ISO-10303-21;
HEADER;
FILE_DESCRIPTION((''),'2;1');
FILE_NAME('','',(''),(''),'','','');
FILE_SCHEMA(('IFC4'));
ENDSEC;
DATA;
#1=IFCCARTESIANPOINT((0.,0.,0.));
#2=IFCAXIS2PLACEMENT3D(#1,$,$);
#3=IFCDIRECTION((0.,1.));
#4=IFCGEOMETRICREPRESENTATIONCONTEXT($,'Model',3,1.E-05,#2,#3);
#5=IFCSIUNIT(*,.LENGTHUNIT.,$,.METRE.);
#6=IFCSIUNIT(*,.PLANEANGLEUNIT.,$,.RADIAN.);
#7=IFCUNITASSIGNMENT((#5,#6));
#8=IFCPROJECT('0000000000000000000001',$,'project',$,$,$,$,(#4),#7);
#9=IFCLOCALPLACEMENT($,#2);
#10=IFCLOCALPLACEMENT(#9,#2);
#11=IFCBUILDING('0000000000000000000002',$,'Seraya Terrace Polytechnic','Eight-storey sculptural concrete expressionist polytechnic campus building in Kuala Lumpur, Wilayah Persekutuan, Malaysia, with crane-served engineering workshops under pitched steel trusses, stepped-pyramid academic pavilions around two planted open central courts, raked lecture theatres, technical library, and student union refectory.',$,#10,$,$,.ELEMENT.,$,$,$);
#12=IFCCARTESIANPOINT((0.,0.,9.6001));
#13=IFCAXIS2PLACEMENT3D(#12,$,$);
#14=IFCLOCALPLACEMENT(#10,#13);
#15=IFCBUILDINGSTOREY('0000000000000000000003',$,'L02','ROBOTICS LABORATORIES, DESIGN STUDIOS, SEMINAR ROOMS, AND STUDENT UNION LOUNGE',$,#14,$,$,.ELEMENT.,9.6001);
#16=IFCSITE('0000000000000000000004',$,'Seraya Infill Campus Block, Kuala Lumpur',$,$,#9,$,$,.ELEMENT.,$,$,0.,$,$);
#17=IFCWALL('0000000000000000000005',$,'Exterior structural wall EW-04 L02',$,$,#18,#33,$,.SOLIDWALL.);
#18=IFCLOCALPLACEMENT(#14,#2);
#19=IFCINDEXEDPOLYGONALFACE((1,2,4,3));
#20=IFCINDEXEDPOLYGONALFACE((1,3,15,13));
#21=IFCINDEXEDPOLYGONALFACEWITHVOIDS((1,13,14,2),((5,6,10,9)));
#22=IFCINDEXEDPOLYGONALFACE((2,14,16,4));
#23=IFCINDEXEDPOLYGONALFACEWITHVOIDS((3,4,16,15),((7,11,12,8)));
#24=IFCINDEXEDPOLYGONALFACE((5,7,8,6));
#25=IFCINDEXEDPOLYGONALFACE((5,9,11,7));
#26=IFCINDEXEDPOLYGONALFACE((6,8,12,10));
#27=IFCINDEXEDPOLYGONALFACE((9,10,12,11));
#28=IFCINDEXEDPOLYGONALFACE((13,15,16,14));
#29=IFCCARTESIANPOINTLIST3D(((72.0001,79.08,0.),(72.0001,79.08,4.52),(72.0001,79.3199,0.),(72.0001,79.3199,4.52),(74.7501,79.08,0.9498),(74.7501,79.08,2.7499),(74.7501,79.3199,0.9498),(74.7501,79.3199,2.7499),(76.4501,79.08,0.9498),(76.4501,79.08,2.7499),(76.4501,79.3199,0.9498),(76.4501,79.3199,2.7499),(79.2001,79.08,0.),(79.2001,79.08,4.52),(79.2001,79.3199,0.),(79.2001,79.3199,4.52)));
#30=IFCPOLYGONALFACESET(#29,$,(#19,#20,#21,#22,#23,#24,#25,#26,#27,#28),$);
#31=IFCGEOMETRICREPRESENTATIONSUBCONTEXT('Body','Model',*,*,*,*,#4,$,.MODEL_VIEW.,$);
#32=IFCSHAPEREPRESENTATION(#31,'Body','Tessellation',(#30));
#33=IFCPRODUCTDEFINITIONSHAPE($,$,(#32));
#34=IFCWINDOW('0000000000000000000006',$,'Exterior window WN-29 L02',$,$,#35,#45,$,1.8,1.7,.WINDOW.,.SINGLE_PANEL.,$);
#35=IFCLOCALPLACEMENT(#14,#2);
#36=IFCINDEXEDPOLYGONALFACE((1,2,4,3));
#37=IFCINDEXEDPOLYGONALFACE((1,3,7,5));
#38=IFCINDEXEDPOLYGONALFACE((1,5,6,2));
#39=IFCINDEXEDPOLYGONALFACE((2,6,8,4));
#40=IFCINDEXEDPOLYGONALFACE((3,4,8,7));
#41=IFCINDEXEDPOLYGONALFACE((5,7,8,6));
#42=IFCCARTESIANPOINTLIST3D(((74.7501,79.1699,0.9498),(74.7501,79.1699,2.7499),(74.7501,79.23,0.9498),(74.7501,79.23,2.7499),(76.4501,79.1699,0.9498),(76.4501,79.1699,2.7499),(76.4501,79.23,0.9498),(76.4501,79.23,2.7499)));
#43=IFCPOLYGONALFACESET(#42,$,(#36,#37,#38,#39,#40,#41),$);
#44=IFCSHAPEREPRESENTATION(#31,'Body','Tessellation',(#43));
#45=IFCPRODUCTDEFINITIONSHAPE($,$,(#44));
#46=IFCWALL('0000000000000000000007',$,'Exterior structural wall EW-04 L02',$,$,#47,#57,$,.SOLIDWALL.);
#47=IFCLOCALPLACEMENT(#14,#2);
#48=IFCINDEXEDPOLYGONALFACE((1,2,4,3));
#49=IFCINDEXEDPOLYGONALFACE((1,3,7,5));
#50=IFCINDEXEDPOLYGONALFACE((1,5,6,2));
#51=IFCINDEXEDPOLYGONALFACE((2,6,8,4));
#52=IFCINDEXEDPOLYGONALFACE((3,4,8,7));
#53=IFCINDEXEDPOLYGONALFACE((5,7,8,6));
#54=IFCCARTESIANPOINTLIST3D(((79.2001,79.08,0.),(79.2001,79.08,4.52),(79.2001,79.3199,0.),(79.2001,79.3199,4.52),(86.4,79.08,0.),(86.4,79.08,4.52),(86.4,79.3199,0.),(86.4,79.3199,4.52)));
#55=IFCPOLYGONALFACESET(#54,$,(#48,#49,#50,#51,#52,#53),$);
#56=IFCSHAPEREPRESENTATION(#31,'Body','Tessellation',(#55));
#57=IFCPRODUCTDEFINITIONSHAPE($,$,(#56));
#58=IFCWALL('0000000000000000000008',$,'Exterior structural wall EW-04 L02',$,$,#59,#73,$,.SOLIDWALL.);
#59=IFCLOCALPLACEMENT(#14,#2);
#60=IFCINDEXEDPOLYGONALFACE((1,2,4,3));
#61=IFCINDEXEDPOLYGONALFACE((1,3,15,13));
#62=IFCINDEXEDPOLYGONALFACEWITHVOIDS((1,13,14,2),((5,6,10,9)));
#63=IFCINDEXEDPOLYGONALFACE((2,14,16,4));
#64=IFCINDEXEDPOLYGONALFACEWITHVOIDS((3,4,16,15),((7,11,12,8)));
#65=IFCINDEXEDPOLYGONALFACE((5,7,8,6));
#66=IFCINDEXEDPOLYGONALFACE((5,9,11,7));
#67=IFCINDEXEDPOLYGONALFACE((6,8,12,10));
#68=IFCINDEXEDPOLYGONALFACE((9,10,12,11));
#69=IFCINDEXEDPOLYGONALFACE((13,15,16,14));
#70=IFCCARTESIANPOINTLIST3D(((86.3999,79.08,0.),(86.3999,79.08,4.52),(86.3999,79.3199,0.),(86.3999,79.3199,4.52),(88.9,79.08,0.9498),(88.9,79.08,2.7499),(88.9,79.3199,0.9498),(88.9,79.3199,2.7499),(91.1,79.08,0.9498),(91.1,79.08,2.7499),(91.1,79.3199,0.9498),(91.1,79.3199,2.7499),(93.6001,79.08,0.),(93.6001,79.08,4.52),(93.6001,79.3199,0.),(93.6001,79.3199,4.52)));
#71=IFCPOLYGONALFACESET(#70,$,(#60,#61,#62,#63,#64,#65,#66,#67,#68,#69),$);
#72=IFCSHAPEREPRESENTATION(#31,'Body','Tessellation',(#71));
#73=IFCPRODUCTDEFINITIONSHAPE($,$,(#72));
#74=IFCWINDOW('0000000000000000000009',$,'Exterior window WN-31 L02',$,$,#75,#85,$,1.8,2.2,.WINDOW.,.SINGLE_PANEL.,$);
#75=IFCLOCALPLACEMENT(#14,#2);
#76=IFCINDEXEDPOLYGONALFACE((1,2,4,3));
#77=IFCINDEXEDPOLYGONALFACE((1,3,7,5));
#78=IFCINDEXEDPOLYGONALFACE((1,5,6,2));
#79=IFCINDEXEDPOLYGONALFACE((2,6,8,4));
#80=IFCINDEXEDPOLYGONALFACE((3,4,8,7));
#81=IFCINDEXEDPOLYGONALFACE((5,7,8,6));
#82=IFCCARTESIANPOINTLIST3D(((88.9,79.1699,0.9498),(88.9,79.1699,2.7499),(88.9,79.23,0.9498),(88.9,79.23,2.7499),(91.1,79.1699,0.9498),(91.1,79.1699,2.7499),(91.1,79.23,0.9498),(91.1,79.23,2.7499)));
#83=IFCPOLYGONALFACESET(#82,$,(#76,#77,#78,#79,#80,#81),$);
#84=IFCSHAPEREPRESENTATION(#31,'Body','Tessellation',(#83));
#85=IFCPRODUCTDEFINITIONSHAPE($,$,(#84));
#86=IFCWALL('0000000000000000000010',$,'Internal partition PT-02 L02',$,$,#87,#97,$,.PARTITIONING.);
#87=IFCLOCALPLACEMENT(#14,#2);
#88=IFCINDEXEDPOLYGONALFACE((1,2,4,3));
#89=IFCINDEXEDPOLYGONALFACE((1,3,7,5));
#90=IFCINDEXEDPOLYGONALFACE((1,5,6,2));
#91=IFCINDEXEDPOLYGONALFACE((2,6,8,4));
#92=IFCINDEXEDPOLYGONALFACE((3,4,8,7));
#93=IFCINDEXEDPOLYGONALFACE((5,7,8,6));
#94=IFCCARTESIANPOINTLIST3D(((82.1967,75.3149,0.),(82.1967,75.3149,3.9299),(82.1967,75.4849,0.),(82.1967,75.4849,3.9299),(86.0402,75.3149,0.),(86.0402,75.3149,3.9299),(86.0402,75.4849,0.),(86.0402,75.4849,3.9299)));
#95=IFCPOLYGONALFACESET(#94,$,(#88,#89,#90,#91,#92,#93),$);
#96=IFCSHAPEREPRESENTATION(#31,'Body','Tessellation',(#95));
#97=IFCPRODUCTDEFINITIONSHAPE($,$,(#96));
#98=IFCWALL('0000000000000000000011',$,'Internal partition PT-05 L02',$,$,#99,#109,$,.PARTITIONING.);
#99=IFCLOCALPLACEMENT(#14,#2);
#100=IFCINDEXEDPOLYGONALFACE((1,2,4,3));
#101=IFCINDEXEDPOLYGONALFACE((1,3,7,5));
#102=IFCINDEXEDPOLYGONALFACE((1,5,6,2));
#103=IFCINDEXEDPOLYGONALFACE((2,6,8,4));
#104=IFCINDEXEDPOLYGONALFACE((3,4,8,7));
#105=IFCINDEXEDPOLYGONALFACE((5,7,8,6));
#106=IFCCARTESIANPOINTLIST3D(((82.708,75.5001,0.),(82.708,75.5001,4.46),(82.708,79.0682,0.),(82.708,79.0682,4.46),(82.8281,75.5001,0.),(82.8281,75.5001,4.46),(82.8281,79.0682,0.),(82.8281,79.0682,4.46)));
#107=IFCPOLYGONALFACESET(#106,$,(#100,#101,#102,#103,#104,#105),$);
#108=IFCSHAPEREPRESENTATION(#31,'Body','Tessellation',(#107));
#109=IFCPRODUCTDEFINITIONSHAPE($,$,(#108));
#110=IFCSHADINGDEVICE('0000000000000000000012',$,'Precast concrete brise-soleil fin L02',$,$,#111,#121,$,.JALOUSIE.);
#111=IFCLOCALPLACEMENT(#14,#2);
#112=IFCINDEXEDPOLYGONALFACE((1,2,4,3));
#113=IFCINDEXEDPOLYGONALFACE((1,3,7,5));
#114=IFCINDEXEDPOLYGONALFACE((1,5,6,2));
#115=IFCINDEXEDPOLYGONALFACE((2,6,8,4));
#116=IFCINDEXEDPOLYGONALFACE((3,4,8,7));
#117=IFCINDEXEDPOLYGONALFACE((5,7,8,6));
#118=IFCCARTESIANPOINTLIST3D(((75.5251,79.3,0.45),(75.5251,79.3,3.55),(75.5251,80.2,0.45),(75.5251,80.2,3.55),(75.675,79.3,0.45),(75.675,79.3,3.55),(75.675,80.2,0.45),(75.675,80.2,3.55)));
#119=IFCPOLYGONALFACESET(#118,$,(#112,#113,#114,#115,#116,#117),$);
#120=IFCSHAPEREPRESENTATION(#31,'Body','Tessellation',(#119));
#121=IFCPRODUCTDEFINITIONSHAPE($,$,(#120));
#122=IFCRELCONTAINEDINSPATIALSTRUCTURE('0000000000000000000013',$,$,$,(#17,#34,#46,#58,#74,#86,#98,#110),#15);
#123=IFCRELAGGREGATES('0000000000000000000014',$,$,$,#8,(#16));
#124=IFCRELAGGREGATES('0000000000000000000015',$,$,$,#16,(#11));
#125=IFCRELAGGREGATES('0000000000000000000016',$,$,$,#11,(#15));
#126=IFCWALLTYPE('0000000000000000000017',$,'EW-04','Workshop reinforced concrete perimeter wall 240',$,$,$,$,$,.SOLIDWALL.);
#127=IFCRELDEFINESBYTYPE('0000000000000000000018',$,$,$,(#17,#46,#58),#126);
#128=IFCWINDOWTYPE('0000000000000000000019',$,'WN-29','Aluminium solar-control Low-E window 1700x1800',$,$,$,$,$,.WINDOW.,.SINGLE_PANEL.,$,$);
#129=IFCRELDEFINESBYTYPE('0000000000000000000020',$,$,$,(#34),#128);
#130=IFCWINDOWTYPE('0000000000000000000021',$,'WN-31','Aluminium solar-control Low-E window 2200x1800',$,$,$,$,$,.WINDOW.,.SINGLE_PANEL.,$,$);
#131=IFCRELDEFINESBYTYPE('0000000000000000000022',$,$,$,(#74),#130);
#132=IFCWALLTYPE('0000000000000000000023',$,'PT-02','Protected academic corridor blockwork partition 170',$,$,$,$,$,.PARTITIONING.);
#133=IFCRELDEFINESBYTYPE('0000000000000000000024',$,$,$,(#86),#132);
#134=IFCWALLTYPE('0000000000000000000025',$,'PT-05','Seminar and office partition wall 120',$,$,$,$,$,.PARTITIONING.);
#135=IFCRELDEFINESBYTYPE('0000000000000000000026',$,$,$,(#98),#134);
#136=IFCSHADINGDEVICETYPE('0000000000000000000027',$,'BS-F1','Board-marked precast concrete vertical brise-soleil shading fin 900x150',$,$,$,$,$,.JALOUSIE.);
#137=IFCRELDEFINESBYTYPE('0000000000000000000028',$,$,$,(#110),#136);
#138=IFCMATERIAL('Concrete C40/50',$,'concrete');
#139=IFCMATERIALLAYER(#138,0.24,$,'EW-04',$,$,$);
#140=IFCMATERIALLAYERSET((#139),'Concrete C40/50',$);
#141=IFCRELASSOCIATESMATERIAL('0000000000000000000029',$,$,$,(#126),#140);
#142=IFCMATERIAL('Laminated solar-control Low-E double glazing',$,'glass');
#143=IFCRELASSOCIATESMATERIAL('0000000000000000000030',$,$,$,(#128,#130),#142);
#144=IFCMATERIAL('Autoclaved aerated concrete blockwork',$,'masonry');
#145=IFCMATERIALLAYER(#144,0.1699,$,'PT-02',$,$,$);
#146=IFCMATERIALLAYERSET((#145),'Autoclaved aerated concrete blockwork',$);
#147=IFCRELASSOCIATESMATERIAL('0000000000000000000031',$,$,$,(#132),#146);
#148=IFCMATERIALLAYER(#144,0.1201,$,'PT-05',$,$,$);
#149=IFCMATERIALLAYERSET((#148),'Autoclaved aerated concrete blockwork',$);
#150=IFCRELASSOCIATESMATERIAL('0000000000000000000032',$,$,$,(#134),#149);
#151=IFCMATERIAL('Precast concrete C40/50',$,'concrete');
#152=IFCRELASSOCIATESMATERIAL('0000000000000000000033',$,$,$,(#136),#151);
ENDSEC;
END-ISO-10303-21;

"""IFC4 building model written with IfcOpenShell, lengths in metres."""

from ifc_helpers import new_model, si_unit, direction, frame, frame_2d, origin, origin_2d, place, context, subcontext, project, spatial, rectangle, extrude, material, layer, layer_set, type_object, element, fill, save


model = new_model("IFC4")

# Units and contexts
model_context = context("Model", 3, precision=1e-05, world=origin(), true_north=direction((0.0, 1.0)))
body_context = subcontext(model_context, "Body", "Model", "MODEL_VIEW")
ifc_project = project(units=[si_unit("LENGTHUNIT", "METRE"), si_unit("PLANEANGLEUNIT", "RADIAN")], contexts=[model_context])

# Site, building, storey
site_placement = place(None, origin())
site = spatial("IfcSite", under=ifc_project, at=site_placement, Name="Seraya Infill Campus Block, Kuala Lumpur", CompositionType="ELEMENT", RefElevation=0.0)
building_placement = place(site_placement, origin())
building = spatial("IfcBuilding", under=site, at=building_placement, Name="Seraya Terrace Polytechnic", Description="Eight-storey sculptural concrete expressionist polytechnic campus building in Kuala Lumpur, Wilayah Persekutuan, Malaysia, with crane-served engineering workshops under pitched steel trusses, stepped-pyramid academic pavilions around two planted open central courts, raked lecture theatres, technical library, and student union refectory.", CompositionType="ELEMENT")
storey_placement = place(building_placement, frame((0.0, 0.0, 9.6001)))
storey = spatial("IfcBuildingStorey", under=building, at=storey_placement, Name="L02", Description="ROBOTICS LABORATORIES, DESIGN STUDIOS, SEMINAR ROOMS, AND STUDENT UNION LOUNGE", CompositionType="ELEMENT", Elevation=9.6001)

# Shared definitions
ifc_material_1 = material(Name="Concrete C40/50", Category="concrete")

# Wall, opening, window
ifc_layer_1 = layer(ifc_material_1, 0.24, Name="EW-04")
ifc_layer_set_1 = layer_set([ifc_layer_1], Name="Concrete C40/50")
wall_type_1 = type_object("IfcWallType", Name="EW-04", Description="Workshop reinforced concrete perimeter wall 240", PredefinedType="SOLIDWALL", material=ifc_layer_set_1)
wall_1_placement = place(storey_placement, frame((72.0, 79.2, 0.0), z_axis=(0.0, 0.0, 1.0), x_axis=(1.0, 0.0, 0.0)))
wall_1 = element("IfcWall", 1, at=wall_1_placement, inside=storey, type_object=wall_type_1, Name="Exterior structural wall EW-04 L02", PredefinedType="SOLIDWALL", context=body_context, shape_type="SweptSolid", body=[
    extrude(rectangle(XDim=7.2, YDim=0.24, at=frame_2d((3.6001, 0.0))), origin(), (0.0, 0.0, 1.0), 4.52),
])
opening_1_placement = place(wall_1_placement, frame((2.75, 0.0, 0.95)))
opening_1 = element("IfcOpeningElement", 2, at=opening_1_placement, cuts=wall_1, PredefinedType="OPENING", context=body_context, shape_type="SweptSolid", body=[
    extrude(rectangle(XDim=1.7, YDim=1.8, at=frame_2d((0.8501, 0.8999))), frame((0.0, 0.1318, 0.0), z_axis=(0.0, -1.0, 0.0), x_axis=(1.0, 0.0, 0.0)), (0.0, 0.0, 1.0), 0.2639),
])
ifc_material_2 = material(Name="Laminated solar-control Low-E double glazing", Category="glass")
window_type_1 = type_object("IfcWindowType", Name="WN-29", Description="Aluminium solar-control Low-E window 1700x1800", PartitioningType="SINGLE_PANEL", PredefinedType="WINDOW", material=ifc_material_2)
window_1_placement = place(opening_1_placement, origin())
window_1 = element("IfcWindow", 3, at=window_1_placement, inside=storey, type_object=window_type_1, Name="Exterior window WN-29 L02", OverallHeight=1.8, OverallWidth=1.7, PartitioningType="SINGLE_PANEL", PredefinedType="WINDOW", context=body_context, shape_type="SweptSolid", body=[
    extrude(rectangle(XDim=1.7, YDim=1.8, at=frame_2d((0.8501, 0.8999))), frame((0.0, 0.03, 0.0), z_axis=(0.0, -1.0, 0.0), x_axis=(1.0, 0.0, 0.0)), (0.0, 0.0, 1.0), 0.0601),
])
fill(opening_1, window_1)

# Wall
wall_2_placement = place(storey_placement, frame((79.2, 79.2, 0.0), z_axis=(0.0, 0.0, 1.0), x_axis=(1.0, 0.0, 0.0)))
element("IfcWall", 4, at=wall_2_placement, inside=storey, type_object=wall_type_1, Name="Exterior structural wall EW-04 L02", PredefinedType="SOLIDWALL", context=body_context, shape_type="SweptSolid", body=[
    extrude(rectangle(XDim=7.2, YDim=0.24, at=frame_2d((3.6001, 0.0))), origin(), (0.0, 0.0, 1.0), 4.52),
])

# Wall, opening, window
wall_3_placement = place(storey_placement, frame((86.3999, 79.2, 0.0), z_axis=(0.0, 0.0, 1.0), x_axis=(1.0, 0.0, 0.0)))
wall_3 = element("IfcWall", 5, at=wall_3_placement, inside=storey, type_object=wall_type_1, Name="Exterior structural wall EW-04 L02", PredefinedType="SOLIDWALL", context=body_context, shape_type="SweptSolid", body=[
    extrude(rectangle(XDim=7.2002, YDim=0.24, at=frame_2d((3.6001, 0.0))), origin(), (0.0, 0.0, 1.0), 4.52),
])
opening_2_placement = place(wall_3_placement, frame((2.5, 0.0, 0.95)))
opening_2 = element("IfcOpeningElement", 6, at=opening_2_placement, cuts=wall_3, PredefinedType="OPENING", context=body_context, shape_type="SweptSolid", body=[
    extrude(rectangle(XDim=2.2, YDim=1.8, at=frame_2d((1.1001, 0.8999))), frame((0.0, 0.1318, 0.0), z_axis=(0.0, -1.0, 0.0), x_axis=(1.0, 0.0, 0.0)), (0.0, 0.0, 1.0), 0.2639),
])
window_type_2 = type_object("IfcWindowType", Name="WN-31", Description="Aluminium solar-control Low-E window 2200x1800", PartitioningType="SINGLE_PANEL", PredefinedType="WINDOW", material=ifc_material_2)
window_2_placement = place(opening_2_placement, origin())
window_2 = element("IfcWindow", 7, at=window_2_placement, inside=storey, type_object=window_type_2, Name="Exterior window WN-31 L02", OverallHeight=1.8, OverallWidth=2.2, PartitioningType="SINGLE_PANEL", PredefinedType="WINDOW", context=body_context, shape_type="SweptSolid", body=[
    extrude(rectangle(XDim=2.2, YDim=1.8, at=frame_2d((1.1001, 0.8999))), frame((0.0, 0.03, 0.0), z_axis=(0.0, -1.0, 0.0), x_axis=(1.0, 0.0, 0.0)), (0.0, 0.0, 1.0), 0.0601),
])
fill(opening_2, window_2)

# Walls
ifc_material_3 = material(Name="Autoclaved aerated concrete blockwork", Category="masonry")
ifc_layer_2 = layer(ifc_material_3, 0.1699, Name="PT-02")
ifc_layer_set_2 = layer_set([ifc_layer_2], Name="Autoclaved aerated concrete blockwork")
wall_type_2 = type_object("IfcWallType", Name="PT-02", Description="Protected academic corridor blockwork partition 170", PredefinedType="PARTITIONING", material=ifc_layer_set_2)
wall_4_placement = place(storey_placement, frame((82.1965, 75.3999, 0.0), z_axis=(0.0, 0.0, 1.0), x_axis=(1.0, 0.0, 0.0)))
element("IfcWall", 8, at=wall_4_placement, inside=storey, type_object=wall_type_2, Name="Internal partition PT-02 L02", PredefinedType="PARTITIONING", context=body_context, shape_type="SweptSolid", body=[
    extrude(rectangle(XDim=3.8435, YDim=0.1699, at=frame_2d((1.9219, 0.0))), origin(), (0.0, 0.0, 1.0), 3.9299),
])
ifc_layer_3 = layer(ifc_material_3, 0.1201, Name="PT-05")
ifc_layer_set_3 = layer_set([ifc_layer_3], Name="Autoclaved aerated concrete blockwork")
wall_type_3 = type_object("IfcWallType", Name="PT-05", Description="Seminar and office partition wall 120", PredefinedType="PARTITIONING", material=ifc_layer_set_3)
wall_5_placement = place(storey_placement, frame((82.7681, 75.5, 0.0), z_axis=(0.0, 0.0, 1.0), x_axis=(0.0, 1.0, 0.0)))
element("IfcWall", 9, at=wall_5_placement, inside=storey, type_object=wall_type_3, Name="Internal partition PT-05 L02", PredefinedType="PARTITIONING", context=body_context, shape_type="SweptSolid", body=[
    extrude(rectangle(XDim=3.5681, YDim=0.1201, at=frame_2d((1.7842, 0.0))), origin(), (0.0, 0.0, 1.0), 4.46),
])

# Shading device
ifc_material_4 = material(Name="Precast concrete C40/50", Category="concrete")
shading_device_type = type_object("IfcShadingDeviceType", Name="BS-F1", Description="Board-marked precast concrete vertical brise-soleil shading fin 900x150", PredefinedType="JALOUSIE", material=ifc_material_4)
shading_device_placement = place(storey_placement, frame((75.6001, 79.75, 0.45), z_axis=(0.0, 0.0, 1.0), x_axis=(0.0, 1.0, 0.0)))
element("IfcShadingDevice", 10, at=shading_device_placement, inside=storey, type_object=shading_device_type, Name="Precast concrete brise-soleil fin L02", PredefinedType="JALOUSIE", context=body_context, shape_type="SweptSolid", body=[
    extrude(rectangle(XDim=0.8999, YDim=0.1499, at=origin_2d()), origin(), (0.0, 0.0, 1.0), 3.1001),
])

save(model, "model.ifc")
